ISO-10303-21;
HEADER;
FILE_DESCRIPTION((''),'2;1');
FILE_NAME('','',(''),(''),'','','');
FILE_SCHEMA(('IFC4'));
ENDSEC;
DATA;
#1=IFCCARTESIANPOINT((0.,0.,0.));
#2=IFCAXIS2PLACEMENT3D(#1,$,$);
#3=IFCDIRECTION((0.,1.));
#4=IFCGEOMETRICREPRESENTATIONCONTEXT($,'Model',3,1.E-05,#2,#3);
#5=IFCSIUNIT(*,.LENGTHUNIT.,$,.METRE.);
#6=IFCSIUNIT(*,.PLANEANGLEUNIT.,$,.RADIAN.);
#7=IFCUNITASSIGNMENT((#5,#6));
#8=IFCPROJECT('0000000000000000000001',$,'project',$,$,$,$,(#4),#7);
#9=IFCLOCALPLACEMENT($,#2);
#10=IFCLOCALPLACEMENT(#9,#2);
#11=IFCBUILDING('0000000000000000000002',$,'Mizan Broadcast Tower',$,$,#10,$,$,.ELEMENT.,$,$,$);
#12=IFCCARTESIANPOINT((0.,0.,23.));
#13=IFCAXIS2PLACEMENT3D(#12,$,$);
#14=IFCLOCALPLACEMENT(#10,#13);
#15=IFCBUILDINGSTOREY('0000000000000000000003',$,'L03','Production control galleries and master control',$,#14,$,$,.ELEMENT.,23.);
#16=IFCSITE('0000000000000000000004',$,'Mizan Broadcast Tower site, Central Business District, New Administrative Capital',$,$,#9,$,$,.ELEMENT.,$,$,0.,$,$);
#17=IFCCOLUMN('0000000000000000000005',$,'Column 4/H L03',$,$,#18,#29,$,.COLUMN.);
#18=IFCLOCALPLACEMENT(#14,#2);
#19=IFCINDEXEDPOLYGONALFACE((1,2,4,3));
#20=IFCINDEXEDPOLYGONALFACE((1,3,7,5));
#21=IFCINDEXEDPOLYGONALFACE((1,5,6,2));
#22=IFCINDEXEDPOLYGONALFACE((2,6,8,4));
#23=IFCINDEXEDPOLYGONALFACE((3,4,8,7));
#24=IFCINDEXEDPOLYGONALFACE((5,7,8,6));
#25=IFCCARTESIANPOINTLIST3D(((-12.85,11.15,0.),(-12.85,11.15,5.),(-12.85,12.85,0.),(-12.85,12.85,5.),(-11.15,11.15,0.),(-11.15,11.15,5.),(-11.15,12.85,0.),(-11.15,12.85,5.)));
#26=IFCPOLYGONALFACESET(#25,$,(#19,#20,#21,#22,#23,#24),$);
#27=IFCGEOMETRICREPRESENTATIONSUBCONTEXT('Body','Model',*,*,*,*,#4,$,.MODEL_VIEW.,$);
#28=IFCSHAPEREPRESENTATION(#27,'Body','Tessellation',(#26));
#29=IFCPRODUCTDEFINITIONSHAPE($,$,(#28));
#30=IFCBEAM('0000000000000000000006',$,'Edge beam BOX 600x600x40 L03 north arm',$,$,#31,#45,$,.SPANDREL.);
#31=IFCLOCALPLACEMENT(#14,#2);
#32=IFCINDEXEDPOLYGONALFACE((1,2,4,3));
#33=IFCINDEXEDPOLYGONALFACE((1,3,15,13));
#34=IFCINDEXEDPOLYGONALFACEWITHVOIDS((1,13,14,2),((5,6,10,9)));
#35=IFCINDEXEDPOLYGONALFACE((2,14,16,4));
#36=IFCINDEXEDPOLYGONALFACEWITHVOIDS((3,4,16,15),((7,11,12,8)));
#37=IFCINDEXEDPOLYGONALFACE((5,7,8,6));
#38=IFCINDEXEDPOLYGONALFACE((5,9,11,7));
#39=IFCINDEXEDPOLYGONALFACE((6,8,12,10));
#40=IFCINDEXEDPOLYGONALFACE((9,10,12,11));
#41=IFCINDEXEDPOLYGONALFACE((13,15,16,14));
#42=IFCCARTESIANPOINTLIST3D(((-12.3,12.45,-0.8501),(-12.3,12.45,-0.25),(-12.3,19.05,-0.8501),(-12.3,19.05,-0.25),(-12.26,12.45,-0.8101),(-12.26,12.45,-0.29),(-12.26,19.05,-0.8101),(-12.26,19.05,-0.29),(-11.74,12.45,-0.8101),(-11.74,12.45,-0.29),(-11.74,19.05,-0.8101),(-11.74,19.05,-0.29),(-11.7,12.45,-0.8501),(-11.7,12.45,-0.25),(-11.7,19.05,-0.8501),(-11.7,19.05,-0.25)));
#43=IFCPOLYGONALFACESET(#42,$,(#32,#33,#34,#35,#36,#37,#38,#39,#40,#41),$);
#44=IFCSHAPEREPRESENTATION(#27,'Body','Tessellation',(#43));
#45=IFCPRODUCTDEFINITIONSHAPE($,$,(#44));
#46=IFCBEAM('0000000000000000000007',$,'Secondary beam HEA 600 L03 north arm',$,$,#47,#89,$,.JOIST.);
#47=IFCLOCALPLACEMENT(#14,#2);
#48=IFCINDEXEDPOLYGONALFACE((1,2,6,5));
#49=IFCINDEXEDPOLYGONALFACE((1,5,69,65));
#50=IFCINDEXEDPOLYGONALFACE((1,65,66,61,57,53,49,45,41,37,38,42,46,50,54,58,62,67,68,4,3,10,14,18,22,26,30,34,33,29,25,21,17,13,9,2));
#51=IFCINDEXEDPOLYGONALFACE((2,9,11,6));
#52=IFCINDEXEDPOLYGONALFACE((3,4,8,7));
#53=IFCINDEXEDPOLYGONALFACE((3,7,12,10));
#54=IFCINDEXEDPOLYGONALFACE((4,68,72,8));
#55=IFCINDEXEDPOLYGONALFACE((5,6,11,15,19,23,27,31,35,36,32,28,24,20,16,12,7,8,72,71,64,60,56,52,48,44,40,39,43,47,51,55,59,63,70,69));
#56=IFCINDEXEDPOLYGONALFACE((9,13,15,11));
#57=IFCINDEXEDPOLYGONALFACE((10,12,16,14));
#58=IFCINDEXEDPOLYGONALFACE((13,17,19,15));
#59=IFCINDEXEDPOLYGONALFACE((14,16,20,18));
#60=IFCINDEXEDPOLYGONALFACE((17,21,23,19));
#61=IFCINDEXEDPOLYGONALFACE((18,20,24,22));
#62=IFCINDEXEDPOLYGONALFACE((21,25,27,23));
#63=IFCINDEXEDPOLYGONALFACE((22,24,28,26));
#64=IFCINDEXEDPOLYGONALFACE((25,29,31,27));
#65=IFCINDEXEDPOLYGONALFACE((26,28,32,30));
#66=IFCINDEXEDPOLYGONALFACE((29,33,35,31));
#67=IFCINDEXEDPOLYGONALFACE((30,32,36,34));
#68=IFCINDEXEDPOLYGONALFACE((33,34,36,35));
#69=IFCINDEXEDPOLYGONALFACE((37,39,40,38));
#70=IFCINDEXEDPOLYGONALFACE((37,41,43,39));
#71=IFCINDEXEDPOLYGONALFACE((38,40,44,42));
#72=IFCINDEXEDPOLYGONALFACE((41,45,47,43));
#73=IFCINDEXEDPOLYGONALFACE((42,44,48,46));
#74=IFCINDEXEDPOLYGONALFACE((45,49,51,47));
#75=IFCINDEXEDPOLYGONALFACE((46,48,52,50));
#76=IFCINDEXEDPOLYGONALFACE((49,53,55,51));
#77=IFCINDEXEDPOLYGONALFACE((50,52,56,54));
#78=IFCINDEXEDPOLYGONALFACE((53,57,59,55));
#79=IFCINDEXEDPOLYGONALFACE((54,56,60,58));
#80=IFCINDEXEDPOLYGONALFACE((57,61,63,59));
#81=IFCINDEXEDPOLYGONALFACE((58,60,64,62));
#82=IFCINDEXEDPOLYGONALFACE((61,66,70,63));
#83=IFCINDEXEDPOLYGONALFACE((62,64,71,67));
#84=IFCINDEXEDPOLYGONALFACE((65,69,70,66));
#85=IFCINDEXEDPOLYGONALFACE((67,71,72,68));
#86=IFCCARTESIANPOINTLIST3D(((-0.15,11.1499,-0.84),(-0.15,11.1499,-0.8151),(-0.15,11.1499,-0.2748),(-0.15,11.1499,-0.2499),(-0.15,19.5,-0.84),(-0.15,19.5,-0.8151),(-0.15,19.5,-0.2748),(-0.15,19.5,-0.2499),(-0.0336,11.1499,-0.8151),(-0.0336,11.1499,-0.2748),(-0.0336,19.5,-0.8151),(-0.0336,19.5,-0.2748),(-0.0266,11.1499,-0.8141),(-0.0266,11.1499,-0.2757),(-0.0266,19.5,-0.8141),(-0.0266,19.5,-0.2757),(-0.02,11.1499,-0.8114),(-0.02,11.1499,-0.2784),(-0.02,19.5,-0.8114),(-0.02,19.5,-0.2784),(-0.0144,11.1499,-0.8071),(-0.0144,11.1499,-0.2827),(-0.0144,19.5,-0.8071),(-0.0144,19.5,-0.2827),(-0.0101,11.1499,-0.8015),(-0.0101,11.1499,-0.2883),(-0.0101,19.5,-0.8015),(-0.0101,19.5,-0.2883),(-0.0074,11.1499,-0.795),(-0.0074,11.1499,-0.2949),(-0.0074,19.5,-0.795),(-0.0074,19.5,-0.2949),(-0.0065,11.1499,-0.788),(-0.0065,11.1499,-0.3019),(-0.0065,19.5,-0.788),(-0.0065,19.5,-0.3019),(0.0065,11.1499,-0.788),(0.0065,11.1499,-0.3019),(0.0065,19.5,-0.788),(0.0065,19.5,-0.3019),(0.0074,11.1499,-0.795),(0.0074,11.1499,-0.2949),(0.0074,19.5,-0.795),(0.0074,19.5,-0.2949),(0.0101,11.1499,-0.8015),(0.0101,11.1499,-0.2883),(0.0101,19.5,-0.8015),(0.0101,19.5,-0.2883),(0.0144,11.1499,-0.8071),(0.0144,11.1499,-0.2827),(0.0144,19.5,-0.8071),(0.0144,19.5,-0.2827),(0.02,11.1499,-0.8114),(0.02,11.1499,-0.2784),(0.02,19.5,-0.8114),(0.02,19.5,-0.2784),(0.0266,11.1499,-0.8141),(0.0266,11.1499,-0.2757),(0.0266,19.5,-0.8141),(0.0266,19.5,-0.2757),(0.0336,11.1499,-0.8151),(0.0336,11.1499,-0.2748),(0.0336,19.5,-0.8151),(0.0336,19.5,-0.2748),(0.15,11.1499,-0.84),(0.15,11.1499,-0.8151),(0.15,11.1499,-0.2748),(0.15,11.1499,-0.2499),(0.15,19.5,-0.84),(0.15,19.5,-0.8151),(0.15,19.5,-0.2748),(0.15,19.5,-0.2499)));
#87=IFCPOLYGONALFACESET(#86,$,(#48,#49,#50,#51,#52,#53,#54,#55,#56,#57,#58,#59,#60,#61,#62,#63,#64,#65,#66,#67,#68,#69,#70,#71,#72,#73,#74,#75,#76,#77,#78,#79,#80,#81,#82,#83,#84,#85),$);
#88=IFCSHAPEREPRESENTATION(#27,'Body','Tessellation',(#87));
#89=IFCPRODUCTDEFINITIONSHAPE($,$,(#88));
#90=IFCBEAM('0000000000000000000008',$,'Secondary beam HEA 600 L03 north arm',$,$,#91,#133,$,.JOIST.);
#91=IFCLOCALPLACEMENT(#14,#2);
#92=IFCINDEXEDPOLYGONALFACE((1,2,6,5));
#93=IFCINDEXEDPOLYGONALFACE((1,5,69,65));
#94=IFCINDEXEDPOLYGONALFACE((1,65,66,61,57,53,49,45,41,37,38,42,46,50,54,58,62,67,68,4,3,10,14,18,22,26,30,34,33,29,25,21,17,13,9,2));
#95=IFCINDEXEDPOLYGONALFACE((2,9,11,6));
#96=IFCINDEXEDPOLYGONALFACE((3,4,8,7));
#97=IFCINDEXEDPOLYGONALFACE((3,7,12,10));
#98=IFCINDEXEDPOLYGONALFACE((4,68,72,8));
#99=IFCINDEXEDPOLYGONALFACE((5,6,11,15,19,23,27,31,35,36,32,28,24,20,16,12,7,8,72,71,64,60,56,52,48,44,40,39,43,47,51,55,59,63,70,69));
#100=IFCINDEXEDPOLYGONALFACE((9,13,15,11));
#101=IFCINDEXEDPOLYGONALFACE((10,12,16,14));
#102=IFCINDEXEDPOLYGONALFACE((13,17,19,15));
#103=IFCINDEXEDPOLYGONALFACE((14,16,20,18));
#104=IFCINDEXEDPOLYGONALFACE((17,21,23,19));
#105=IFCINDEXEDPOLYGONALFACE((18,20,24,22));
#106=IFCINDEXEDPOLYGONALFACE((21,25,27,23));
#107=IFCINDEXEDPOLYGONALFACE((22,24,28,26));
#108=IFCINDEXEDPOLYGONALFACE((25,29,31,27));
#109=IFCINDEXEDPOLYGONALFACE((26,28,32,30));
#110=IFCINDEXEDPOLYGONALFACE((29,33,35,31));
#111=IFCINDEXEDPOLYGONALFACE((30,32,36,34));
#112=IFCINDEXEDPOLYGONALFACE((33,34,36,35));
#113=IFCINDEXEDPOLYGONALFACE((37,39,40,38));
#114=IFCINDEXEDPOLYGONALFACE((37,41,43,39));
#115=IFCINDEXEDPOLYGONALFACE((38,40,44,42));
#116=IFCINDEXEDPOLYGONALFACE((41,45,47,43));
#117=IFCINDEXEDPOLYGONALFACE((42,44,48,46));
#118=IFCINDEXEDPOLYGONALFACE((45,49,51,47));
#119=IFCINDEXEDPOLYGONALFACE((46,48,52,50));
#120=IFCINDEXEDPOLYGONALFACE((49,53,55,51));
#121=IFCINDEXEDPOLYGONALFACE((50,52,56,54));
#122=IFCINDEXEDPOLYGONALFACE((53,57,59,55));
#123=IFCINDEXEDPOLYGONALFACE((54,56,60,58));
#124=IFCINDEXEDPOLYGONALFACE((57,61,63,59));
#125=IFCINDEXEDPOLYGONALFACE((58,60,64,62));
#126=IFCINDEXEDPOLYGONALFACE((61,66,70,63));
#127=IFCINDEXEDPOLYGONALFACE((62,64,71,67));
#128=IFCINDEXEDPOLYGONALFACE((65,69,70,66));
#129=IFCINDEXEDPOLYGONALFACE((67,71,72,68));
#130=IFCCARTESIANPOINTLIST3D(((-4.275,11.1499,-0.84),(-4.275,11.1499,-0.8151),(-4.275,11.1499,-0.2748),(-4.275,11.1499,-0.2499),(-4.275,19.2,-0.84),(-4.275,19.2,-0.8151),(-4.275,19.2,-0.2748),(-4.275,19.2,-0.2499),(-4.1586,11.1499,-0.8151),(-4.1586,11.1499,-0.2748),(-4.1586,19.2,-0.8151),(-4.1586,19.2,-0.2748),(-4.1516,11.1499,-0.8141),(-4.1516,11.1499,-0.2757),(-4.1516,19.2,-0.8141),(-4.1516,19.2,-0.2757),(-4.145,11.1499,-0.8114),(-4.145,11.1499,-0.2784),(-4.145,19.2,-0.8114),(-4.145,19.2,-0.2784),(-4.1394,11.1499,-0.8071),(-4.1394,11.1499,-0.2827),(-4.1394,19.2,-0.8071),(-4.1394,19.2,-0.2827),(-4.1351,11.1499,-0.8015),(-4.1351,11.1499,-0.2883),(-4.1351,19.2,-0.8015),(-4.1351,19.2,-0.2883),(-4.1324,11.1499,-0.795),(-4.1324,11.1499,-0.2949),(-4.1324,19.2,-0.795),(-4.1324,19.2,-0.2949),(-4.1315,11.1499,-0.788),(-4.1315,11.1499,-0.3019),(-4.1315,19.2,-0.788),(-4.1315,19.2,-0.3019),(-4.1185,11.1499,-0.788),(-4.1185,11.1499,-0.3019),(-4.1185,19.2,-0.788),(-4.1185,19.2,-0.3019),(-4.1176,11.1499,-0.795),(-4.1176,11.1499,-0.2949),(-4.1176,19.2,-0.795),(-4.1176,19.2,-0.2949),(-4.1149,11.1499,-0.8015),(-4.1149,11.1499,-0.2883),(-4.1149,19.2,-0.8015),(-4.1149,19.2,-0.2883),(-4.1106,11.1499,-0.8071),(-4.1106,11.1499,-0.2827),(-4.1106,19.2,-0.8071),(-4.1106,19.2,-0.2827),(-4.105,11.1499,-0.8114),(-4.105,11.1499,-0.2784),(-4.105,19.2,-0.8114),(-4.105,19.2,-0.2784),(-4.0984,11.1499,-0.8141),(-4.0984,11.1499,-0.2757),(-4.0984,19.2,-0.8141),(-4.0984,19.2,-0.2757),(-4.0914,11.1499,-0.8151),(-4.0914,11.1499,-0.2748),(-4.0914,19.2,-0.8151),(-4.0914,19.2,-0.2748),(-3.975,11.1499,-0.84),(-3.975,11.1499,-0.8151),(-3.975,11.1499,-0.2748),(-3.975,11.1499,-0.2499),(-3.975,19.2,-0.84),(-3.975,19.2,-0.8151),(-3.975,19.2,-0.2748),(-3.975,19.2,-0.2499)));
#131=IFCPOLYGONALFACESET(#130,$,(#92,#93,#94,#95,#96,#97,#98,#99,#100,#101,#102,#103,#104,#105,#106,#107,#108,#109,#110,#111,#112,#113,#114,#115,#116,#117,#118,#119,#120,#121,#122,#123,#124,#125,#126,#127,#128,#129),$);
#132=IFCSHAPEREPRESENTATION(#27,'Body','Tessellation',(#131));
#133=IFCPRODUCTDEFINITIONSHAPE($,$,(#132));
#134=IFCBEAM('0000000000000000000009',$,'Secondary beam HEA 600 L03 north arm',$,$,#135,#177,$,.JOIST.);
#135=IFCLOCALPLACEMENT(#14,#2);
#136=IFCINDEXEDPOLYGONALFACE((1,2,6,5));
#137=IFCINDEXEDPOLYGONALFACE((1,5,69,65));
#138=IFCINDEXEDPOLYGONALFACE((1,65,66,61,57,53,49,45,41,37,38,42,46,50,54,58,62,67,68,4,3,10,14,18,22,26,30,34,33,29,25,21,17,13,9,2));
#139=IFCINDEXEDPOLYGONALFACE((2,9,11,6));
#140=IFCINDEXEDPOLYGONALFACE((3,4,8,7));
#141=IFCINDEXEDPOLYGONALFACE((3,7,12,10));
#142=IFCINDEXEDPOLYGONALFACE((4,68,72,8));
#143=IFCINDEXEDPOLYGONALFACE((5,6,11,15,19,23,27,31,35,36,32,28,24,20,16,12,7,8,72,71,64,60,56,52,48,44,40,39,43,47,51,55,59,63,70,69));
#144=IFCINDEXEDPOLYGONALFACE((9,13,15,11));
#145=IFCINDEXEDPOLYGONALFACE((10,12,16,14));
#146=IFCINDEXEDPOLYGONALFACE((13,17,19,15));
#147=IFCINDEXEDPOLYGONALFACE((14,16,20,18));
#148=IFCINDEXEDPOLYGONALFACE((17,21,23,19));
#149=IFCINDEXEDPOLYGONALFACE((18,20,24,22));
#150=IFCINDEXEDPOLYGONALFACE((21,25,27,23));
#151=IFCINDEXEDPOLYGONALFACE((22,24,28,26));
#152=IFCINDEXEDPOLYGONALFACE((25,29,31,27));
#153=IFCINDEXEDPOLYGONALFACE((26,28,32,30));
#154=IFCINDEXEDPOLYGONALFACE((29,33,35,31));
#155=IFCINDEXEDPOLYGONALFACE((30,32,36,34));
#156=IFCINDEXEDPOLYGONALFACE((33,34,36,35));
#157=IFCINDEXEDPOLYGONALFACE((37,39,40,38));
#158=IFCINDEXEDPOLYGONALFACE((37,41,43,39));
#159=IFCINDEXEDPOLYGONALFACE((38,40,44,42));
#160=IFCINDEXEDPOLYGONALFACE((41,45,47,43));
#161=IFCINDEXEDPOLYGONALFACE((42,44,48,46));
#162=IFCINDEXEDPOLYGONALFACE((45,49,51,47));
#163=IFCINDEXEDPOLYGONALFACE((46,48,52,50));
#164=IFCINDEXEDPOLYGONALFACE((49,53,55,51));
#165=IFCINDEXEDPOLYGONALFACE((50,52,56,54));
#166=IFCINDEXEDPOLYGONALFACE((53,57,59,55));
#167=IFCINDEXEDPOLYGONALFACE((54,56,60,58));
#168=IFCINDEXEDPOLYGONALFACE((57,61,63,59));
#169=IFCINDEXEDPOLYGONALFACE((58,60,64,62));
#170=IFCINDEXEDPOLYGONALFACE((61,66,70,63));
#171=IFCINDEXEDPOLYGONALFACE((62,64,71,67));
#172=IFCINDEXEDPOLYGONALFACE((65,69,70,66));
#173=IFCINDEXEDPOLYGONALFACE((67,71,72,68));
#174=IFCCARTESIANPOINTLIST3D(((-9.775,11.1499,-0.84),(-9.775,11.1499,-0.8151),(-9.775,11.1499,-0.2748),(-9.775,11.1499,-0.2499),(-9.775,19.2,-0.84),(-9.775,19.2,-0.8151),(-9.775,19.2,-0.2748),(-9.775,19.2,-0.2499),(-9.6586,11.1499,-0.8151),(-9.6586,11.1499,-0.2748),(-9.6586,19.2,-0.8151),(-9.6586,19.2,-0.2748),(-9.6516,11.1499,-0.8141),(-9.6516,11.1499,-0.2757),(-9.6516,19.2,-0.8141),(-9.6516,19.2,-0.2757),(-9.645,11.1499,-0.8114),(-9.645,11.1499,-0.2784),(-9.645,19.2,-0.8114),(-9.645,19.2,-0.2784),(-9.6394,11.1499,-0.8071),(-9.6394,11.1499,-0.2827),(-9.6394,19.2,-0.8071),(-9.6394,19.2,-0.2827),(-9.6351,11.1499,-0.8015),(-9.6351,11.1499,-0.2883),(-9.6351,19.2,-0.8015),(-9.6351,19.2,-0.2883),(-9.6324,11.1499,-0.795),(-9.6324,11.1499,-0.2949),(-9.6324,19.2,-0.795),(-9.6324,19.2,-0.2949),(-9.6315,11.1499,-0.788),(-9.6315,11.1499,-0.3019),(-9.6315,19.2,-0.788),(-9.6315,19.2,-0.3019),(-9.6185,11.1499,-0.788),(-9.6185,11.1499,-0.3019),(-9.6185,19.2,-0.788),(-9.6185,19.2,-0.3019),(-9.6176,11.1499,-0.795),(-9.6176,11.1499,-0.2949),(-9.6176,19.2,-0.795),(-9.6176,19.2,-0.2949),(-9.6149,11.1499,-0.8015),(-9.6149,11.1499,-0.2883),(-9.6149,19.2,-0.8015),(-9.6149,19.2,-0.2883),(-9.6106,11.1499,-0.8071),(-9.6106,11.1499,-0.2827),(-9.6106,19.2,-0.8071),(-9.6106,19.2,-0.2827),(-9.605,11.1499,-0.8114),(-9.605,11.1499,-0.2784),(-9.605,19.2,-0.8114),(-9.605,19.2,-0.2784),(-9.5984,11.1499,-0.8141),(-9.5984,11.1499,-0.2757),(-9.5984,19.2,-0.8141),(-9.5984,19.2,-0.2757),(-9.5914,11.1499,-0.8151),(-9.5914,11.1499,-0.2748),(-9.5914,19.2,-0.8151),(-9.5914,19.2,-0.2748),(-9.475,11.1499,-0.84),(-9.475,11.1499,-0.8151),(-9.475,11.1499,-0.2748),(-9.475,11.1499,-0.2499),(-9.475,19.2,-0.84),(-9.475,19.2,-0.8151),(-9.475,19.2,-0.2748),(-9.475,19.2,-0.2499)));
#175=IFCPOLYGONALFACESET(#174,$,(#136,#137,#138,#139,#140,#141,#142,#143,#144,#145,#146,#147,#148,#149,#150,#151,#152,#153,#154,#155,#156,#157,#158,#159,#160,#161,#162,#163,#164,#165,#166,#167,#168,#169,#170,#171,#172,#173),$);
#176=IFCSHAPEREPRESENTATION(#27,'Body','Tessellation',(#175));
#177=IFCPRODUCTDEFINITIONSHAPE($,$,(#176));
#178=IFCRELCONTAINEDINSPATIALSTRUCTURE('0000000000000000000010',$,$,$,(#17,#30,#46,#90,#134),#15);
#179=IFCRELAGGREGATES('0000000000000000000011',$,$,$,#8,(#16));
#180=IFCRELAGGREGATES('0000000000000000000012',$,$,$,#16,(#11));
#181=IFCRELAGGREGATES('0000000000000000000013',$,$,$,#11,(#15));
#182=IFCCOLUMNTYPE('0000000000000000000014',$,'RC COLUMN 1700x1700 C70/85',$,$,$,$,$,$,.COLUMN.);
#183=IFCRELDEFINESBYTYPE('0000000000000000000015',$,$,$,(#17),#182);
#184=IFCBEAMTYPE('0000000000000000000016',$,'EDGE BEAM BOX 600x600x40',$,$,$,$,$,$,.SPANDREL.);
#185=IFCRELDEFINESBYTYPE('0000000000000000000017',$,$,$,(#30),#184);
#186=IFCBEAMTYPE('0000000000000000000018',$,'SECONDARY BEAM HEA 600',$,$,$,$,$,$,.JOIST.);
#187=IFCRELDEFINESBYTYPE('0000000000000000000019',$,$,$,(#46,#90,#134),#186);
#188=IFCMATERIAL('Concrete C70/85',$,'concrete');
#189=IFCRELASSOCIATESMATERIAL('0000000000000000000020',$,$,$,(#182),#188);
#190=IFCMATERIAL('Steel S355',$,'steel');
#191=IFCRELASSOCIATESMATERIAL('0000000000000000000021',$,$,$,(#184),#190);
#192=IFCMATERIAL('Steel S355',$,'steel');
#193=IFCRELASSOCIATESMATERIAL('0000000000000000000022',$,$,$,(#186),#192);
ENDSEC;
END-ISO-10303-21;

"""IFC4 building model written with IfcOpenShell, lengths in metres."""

from ifc_helpers import new_model, si_unit, direction, frame, origin, origin_2d, place, context, subcontext, project, spatial, rectangle, hollow_rectangle, i_section, extrude, material, material_profile, profile_set, type_object, element, save


model = new_model("IFC4")

# Units and contexts
model_context = context("Model", 3, precision=1e-05, world=origin(), true_north=direction((0.0, 1.0)))
body_context = subcontext(model_context, "Body", "Model", "MODEL_VIEW")
ifc_project = project(units=[si_unit("LENGTHUNIT", "METRE"), si_unit("PLANEANGLEUNIT", "RADIAN")], contexts=[model_context])

# Site, building, storey
site_placement = place(None, origin())
site = spatial("IfcSite", under=ifc_project, at=site_placement, Name="Mizan Broadcast Tower site, Central Business District, New Administrative Capital", CompositionType="ELEMENT", RefElevation=0.0)
building_placement = place(site_placement, origin())
building = spatial("IfcBuilding", under=site, at=building_placement, Name="Mizan Broadcast Tower", CompositionType="ELEMENT")
storey_placement = place(building_placement, frame((0.0, 0.0, 23.0)))
storey = spatial("IfcBuildingStorey", under=building, at=storey_placement, Name="L03", Description="Production control galleries and master control", CompositionType="ELEMENT", Elevation=23.0)

# Column
ifc_material_1 = material(Name="Concrete C70/85", Category="concrete")
ifc_material_profile_1 = material_profile(ifc_material_1, rectangle(XDim=1.7, YDim=1.7, at=origin_2d()), Name="RC 1700x1700")
ifc_profile_set_1 = profile_set([ifc_material_profile_1], Name="Concrete C70/85")
column_type = type_object("IfcColumnType", Name="RC COLUMN 1700x1700 C70/85", PredefinedType="COLUMN", material=ifc_profile_set_1)
column_placement = place(storey_placement, frame((-12.0, 12.0, 0.0), z_axis=(0.0, 0.0, 1.0), x_axis=(1.0, 0.0, 0.0)))
element("IfcColumn", 1, at=column_placement, inside=storey, type_object=column_type, Name="Column 4/H L03", PredefinedType="COLUMN", context=body_context, shape_type="SweptSolid", body=[
    extrude(rectangle(XDim=1.7, YDim=1.7, at=origin_2d()), origin(), (0.0, 0.0, 1.0), 5.0),
])

# Beams
ifc_material_2 = material(Name="Steel S355", Category="steel")
ifc_material_profile_2 = material_profile(ifc_material_2, hollow_rectangle(XDim=0.6001, YDim=0.6001, WallThickness=0.04, at=origin_2d()), Name="BOX 600x600x40")
ifc_profile_set_2 = profile_set([ifc_material_profile_2], Name="Steel S355")
beam_type_1 = type_object("IfcBeamType", Name="EDGE BEAM BOX 600x600x40", PredefinedType="SPANDREL", material=ifc_profile_set_2)
beam_1_placement = place(storey_placement, frame((-12.0, 12.45, -0.55), z_axis=(0.0, 1.0, 0.0), x_axis=(-1.0, 0.0, 0.0)))
element("IfcBeam", 2, at=beam_1_placement, inside=storey, type_object=beam_type_1, Name="Edge beam BOX 600x600x40 L03 north arm", PredefinedType="SPANDREL", context=body_context, shape_type="SweptSolid", body=[
    extrude(hollow_rectangle(XDim=0.6001, YDim=0.6001, WallThickness=0.04, at=origin_2d()), origin(), (0.0, 0.0, 1.0), 6.6001),
])
ifc_material_3 = material(Name="Steel S355", Category="steel")
ifc_material_profile_3 = material_profile(ifc_material_3, i_section(OverallWidth=0.3, OverallDepth=0.5901, WebThickness=0.0129, FlangeThickness=0.0249, FilletRadius=0.0271, at=origin_2d()), Name="HEA 600")
ifc_profile_set_3 = profile_set([ifc_material_profile_3], Name="Steel S355")
beam_type_2 = type_object("IfcBeamType", Name="SECONDARY BEAM HEA 600", PredefinedType="JOIST", material=ifc_profile_set_3)
beam_2_placement = place(storey_placement, frame((0.0, 11.1499, -0.5449), z_axis=(0.0, 1.0, 0.0), x_axis=(-1.0, 0.0, 0.0)))
element("IfcBeam", 3, at=beam_2_placement, inside=storey, type_object=beam_type_2, Name="Secondary beam HEA 600 L03 north arm", PredefinedType="JOIST", context=body_context, shape_type="SweptSolid", body=[
    extrude(i_section(OverallWidth=0.3, OverallDepth=0.5901, WebThickness=0.0129, FlangeThickness=0.0249, FilletRadius=0.0271, at=origin_2d()), origin(), (0.0, 0.0, 1.0), 8.3501),
])
for number, where, z_axis, x_axis, name in (
    (4, (-4.125, 11.1499, -0.5449), (0.0, 1.0, 0.0), (-1.0, 0.0, 0.0), "Secondary beam HEA 600 L03 north arm"),
    (5, (-9.625, 11.1499, -0.5449), (0.0, 1.0, 0.0), (-1.0, 0.0, 0.0), "Secondary beam HEA 600 L03 north arm"),
):
    element("IfcBeam", number, at=place(storey_placement, frame(where, z_axis=z_axis, x_axis=x_axis)), inside=storey, type_object=beam_type_2, Name=name, PredefinedType="JOIST", context=body_context, shape_type="SweptSolid", body=[
        extrude(i_section(OverallWidth=0.3, OverallDepth=0.5901, WebThickness=0.0129, FlangeThickness=0.0249, FilletRadius=0.0271, at=origin_2d()), origin(), (0.0, 0.0, 1.0), 8.05),
    ])

save(model, "model.ifc")
